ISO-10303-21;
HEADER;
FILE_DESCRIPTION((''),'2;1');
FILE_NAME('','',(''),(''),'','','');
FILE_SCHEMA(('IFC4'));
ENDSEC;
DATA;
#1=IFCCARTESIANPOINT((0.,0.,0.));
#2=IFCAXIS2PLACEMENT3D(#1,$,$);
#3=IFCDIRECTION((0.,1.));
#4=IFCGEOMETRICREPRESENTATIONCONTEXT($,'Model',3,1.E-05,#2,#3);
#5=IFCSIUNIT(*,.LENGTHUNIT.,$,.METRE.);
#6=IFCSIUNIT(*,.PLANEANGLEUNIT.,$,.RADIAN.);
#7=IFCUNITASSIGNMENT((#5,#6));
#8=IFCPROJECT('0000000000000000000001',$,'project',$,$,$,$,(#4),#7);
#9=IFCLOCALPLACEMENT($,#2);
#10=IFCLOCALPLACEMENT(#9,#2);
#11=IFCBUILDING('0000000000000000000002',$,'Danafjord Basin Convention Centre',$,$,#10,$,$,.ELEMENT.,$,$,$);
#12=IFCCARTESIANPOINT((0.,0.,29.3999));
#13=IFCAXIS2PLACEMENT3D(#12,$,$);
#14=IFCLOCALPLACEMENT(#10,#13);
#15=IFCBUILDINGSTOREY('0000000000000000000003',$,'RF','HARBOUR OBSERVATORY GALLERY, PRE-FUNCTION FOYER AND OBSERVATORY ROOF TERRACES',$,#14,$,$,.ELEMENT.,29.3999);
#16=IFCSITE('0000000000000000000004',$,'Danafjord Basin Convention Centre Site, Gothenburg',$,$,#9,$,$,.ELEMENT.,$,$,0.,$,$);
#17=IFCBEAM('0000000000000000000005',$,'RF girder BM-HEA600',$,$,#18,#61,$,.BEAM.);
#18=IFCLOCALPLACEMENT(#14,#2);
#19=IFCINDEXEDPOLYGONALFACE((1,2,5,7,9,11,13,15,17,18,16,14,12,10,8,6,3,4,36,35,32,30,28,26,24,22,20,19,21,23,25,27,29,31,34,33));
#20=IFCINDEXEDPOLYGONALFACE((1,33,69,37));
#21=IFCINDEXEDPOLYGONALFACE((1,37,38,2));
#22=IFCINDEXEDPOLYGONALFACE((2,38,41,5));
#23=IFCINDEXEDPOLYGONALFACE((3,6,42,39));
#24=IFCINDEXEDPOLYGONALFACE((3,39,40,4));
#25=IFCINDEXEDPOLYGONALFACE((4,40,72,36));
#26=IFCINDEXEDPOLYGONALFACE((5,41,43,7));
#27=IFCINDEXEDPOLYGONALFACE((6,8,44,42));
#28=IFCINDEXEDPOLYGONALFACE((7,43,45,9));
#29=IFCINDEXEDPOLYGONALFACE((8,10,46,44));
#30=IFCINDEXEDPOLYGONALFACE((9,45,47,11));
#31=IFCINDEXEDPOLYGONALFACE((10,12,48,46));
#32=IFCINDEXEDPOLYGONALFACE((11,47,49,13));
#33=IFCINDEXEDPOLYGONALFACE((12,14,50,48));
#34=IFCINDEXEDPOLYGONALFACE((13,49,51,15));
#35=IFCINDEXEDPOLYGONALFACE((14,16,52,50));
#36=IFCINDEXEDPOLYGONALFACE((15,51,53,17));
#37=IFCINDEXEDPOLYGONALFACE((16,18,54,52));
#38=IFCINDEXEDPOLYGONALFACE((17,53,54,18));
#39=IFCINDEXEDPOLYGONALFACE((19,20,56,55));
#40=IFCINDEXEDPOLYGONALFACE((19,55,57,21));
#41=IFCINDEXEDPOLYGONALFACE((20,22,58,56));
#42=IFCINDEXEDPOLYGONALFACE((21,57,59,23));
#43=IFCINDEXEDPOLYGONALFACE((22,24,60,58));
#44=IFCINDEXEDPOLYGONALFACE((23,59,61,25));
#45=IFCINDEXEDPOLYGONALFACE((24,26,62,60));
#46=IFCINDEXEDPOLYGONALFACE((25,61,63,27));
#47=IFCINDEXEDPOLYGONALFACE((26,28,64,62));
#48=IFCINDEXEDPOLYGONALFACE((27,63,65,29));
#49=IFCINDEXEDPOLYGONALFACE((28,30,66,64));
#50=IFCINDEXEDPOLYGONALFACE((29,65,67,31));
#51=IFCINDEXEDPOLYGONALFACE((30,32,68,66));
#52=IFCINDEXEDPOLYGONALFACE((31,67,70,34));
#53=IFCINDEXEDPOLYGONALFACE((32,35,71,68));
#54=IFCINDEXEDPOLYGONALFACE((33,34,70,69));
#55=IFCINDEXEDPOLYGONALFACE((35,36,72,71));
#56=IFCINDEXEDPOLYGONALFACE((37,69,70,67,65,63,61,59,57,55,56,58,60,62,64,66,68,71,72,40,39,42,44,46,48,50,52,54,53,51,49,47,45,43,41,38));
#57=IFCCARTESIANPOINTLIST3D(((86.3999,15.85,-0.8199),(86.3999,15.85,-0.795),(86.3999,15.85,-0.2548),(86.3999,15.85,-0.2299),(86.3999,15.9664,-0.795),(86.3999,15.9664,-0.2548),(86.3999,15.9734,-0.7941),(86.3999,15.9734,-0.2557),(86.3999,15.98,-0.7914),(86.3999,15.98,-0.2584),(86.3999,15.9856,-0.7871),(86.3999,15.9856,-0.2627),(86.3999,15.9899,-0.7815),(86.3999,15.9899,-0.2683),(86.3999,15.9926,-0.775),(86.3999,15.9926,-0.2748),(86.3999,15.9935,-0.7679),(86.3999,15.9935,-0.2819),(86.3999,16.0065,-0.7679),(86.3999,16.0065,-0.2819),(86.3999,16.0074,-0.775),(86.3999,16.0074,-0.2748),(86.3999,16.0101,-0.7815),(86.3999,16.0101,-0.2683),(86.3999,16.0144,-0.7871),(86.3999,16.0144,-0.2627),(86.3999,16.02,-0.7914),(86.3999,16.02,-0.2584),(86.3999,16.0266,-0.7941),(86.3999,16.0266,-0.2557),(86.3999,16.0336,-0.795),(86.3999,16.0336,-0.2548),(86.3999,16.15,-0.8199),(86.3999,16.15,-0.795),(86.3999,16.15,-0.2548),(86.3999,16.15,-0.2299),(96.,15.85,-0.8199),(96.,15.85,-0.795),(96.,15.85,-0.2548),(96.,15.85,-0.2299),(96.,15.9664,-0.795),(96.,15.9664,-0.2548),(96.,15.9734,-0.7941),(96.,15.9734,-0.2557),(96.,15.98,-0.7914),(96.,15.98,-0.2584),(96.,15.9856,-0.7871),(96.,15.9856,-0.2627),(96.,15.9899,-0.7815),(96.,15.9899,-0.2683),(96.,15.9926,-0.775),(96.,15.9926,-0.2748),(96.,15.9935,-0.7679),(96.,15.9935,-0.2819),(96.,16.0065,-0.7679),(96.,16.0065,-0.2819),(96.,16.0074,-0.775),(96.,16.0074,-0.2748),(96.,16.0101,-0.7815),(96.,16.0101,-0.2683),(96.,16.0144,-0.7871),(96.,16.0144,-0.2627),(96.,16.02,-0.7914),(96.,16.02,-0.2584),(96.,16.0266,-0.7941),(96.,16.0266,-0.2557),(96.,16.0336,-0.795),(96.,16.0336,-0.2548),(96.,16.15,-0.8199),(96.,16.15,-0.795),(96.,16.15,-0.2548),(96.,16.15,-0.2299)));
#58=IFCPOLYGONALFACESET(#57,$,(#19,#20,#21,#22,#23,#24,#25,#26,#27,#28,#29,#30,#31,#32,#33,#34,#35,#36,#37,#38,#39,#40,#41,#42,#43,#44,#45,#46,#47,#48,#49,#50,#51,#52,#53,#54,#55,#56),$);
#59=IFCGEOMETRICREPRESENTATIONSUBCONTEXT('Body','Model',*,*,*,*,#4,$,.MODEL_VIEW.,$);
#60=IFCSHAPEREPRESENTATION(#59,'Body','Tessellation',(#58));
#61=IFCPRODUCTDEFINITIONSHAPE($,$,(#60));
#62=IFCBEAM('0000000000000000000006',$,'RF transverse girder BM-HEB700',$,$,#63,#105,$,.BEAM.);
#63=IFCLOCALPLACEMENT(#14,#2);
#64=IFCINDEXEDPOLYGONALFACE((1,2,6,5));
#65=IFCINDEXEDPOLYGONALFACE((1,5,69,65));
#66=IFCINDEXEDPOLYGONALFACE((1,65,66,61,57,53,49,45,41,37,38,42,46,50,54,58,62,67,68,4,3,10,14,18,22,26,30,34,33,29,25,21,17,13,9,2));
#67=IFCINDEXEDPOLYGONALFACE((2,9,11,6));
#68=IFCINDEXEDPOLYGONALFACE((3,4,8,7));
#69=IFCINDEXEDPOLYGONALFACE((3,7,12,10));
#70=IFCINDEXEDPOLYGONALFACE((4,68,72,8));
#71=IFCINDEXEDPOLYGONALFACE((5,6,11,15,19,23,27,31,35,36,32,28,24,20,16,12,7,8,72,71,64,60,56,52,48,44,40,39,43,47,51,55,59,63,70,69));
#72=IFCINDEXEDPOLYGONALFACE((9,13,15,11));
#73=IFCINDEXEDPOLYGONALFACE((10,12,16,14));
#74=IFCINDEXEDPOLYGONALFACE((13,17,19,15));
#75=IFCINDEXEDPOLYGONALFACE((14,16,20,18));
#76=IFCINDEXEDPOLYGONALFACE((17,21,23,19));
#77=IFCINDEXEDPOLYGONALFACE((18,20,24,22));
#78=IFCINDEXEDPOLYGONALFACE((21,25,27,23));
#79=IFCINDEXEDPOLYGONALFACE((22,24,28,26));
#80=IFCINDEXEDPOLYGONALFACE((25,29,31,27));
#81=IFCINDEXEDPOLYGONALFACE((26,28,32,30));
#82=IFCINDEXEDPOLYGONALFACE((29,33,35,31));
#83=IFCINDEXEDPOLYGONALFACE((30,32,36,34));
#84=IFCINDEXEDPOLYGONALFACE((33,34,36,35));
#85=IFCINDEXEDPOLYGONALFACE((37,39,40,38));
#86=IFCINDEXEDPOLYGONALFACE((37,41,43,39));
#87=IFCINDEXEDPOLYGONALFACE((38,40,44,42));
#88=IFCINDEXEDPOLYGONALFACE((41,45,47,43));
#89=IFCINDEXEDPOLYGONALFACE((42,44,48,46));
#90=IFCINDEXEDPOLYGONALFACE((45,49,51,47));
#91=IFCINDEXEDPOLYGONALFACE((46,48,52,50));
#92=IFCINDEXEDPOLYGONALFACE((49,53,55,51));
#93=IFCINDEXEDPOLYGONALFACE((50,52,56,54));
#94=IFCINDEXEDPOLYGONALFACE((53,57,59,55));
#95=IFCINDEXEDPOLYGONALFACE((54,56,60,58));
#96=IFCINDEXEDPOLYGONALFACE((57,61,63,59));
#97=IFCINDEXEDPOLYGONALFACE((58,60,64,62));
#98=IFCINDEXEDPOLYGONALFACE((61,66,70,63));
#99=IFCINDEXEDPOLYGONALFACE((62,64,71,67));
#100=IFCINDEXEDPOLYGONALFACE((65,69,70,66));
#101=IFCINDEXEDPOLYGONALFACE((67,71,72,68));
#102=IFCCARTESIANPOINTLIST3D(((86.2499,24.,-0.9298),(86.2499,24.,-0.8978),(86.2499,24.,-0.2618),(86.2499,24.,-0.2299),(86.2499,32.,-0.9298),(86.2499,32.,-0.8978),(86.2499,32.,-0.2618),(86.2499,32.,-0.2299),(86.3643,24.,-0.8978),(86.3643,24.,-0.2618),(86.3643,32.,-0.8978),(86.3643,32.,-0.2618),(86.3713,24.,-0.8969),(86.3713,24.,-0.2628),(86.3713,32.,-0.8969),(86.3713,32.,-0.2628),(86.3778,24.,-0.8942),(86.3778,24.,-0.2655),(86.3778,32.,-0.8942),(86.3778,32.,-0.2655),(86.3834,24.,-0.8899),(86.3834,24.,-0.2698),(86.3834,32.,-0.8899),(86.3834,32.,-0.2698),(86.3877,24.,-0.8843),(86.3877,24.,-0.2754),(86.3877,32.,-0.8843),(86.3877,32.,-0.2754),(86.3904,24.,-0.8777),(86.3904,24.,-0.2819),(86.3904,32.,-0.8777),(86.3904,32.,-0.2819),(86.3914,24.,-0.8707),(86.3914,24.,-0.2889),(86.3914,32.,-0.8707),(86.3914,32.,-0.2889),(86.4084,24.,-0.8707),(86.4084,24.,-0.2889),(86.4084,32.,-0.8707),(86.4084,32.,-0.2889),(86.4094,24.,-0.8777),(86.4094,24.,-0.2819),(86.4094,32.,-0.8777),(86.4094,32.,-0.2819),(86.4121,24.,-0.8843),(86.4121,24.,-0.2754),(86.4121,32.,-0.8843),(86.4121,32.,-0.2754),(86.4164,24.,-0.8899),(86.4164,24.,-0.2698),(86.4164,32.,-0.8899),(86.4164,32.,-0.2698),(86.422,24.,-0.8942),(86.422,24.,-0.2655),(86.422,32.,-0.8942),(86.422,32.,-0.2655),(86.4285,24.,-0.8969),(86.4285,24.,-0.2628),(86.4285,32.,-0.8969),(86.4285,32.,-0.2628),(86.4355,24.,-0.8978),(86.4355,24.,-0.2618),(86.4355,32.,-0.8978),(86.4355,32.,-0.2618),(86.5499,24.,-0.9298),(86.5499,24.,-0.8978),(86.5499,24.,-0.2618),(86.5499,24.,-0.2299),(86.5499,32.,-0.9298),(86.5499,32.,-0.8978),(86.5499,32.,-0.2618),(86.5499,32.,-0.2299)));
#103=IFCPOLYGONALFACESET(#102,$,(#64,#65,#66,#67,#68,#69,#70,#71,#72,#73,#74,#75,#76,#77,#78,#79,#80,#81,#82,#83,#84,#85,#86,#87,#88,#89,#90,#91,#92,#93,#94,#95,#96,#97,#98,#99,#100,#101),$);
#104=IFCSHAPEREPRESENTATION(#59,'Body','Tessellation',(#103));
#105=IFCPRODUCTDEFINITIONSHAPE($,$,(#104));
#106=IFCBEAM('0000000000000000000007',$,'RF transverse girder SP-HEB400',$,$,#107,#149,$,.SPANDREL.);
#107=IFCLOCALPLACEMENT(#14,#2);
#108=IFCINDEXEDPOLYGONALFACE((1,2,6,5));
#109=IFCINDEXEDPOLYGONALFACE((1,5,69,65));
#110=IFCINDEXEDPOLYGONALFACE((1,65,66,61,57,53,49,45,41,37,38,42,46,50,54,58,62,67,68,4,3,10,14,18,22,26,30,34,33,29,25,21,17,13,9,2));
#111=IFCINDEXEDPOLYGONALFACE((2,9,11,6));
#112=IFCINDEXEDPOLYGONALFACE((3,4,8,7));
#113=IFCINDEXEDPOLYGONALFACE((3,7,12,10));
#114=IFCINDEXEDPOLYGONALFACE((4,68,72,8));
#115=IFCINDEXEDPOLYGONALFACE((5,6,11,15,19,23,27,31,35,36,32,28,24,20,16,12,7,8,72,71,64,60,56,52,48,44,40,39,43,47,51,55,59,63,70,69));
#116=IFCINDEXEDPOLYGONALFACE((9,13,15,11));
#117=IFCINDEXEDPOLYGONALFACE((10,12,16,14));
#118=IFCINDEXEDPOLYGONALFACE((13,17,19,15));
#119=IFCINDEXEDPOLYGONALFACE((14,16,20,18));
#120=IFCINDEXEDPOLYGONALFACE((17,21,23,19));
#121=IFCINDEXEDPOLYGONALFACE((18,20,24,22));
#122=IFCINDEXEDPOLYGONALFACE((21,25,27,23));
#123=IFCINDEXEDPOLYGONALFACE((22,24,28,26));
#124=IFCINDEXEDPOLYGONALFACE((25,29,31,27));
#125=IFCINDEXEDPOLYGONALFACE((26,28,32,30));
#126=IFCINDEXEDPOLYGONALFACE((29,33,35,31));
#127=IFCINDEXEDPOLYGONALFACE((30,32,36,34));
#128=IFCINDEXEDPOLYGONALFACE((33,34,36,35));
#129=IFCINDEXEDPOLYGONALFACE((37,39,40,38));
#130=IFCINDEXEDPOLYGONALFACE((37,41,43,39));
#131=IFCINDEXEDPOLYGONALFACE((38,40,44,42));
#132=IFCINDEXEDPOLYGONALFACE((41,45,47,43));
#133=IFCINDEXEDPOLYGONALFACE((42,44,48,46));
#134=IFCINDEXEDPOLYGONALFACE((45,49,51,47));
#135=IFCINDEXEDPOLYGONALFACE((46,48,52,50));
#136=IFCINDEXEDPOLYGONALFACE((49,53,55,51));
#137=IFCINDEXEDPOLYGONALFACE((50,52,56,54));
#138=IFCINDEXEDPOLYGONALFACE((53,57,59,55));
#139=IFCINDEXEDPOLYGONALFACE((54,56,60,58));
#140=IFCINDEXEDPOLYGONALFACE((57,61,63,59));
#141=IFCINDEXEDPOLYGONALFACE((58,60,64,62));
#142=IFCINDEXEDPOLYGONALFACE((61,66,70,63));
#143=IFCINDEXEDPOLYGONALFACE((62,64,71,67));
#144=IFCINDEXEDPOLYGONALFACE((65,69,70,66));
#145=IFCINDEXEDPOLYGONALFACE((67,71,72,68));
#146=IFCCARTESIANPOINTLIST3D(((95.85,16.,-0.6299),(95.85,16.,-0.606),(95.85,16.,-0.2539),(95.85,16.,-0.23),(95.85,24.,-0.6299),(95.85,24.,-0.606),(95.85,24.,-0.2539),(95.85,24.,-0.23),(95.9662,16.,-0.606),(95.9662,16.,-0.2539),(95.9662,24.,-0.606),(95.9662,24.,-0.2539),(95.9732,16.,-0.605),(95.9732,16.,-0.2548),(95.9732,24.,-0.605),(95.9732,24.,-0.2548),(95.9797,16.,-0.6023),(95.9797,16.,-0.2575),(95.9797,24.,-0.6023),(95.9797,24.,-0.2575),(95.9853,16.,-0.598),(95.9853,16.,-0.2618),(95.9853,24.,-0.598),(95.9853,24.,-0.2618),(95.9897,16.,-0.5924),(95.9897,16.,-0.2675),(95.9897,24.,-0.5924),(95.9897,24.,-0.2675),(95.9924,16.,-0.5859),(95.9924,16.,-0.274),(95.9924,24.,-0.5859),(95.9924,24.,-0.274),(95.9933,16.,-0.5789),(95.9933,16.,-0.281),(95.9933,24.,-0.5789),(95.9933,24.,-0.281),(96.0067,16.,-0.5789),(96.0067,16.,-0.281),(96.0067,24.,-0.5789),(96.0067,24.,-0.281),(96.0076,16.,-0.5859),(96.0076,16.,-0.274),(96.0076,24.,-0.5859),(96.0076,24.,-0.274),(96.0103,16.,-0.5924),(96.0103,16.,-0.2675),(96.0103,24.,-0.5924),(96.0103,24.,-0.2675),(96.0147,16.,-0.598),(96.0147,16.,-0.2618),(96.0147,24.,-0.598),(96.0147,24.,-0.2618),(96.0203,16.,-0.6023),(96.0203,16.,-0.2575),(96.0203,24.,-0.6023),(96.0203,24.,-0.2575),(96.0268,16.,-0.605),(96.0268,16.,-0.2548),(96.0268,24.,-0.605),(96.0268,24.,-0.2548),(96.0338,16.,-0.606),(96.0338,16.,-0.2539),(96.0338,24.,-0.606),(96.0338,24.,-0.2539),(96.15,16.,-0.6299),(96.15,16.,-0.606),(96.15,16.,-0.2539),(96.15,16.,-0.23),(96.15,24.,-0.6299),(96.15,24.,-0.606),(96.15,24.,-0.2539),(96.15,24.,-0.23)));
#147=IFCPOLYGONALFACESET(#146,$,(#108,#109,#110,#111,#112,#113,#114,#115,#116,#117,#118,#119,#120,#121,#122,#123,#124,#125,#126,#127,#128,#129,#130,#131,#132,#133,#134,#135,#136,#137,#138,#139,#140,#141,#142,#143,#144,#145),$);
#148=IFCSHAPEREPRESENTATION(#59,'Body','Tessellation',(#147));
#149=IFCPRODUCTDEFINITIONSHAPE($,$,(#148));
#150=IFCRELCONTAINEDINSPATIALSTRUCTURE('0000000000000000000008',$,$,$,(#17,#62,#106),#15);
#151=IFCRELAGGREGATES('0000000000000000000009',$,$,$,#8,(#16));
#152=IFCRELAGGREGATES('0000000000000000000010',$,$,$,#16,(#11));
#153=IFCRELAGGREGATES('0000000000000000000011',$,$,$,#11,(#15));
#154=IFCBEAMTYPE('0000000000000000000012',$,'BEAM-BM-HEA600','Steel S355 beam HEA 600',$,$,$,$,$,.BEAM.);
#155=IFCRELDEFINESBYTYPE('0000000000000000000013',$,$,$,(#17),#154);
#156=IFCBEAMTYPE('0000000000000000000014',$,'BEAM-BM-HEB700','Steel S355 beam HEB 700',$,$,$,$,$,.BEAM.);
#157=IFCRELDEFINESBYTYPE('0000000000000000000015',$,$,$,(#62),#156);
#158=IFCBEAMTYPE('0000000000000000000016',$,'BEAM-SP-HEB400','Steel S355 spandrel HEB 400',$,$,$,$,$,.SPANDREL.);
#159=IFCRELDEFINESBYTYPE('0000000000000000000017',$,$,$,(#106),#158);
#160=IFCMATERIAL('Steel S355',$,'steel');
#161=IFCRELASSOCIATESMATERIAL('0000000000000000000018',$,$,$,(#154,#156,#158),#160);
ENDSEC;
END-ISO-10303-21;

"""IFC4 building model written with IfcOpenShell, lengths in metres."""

from ifc_helpers import new_model, si_unit, direction, frame, origin, origin_2d, place, context, subcontext, project, spatial, i_section, extrude, material, material_profile, profile_set, type_object, element, save


model = new_model("IFC4")

# Units and contexts
model_context = context("Model", 3, precision=1e-05, world=origin(), true_north=direction((0.0, 1.0)))
body_context = subcontext(model_context, "Body", "Model", "MODEL_VIEW")
ifc_project = project(units=[si_unit("LENGTHUNIT", "METRE"), si_unit("PLANEANGLEUNIT", "RADIAN")], contexts=[model_context])

# Site, building, storey
site_placement = place(None, origin())
site = spatial("IfcSite", under=ifc_project, at=site_placement, Name="Danafjord Basin Convention Centre Site, Gothenburg", CompositionType="ELEMENT", RefElevation=0.0)
building_placement = place(site_placement, origin())
building = spatial("IfcBuilding", under=site, at=building_placement, Name="Danafjord Basin Convention Centre", CompositionType="ELEMENT")
storey_placement = place(building_placement, frame((0.0, 0.0, 29.3999)))
storey = spatial("IfcBuildingStorey", under=building, at=storey_placement, Name="RF", Description="HARBOUR OBSERVATORY GALLERY, PRE-FUNCTION FOYER AND OBSERVATORY ROOF TERRACES", CompositionType="ELEMENT", Elevation=29.3999)

# Shared definitions
ifc_material_1 = material(Name="Steel S355", Category="steel")

# Beams
ifc_material_profile_1 = material_profile(ifc_material_1, i_section(OverallWidth=0.3, OverallDepth=0.5901, WebThickness=0.0129, FlangeThickness=0.0249, FilletRadius=0.0271, at=origin_2d()), Name="HEA 600")
ifc_profile_set_1 = profile_set([ifc_material_profile_1], Name="Steel S355")
beam_type_1 = type_object("IfcBeamType", Name="BEAM-BM-HEA600", Description="Steel S355 beam HEA 600", PredefinedType="BEAM", material=ifc_profile_set_1)
beam_1_placement = place(storey_placement, frame((86.3999, 16.0, -0.5249), z_axis=(1.0, 0.0, 0.0), x_axis=(0.0, 1.0, 0.0)))
element("IfcBeam", 1, at=beam_1_placement, inside=storey, type_object=beam_type_1, Name="RF girder BM-HEA600", PredefinedType="BEAM", context=body_context, shape_type="SweptSolid", body=[
    extrude(i_section(OverallWidth=0.3, OverallDepth=0.5901, WebThickness=0.0129, FlangeThickness=0.0249, FilletRadius=0.0271, at=origin_2d()), origin(), (0.0, 0.0, 1.0), 9.6001),
])
ifc_material_profile_2 = material_profile(ifc_material_1, i_section(OverallWidth=0.3, OverallDepth=0.7, WebThickness=0.0171, FlangeThickness=0.032, FilletRadius=0.0271, at=origin_2d()), Name="HEB 700")
ifc_profile_set_2 = profile_set([ifc_material_profile_2], Name="Steel S355")
beam_type_2 = type_object("IfcBeamType", Name="BEAM-BM-HEB700", Description="Steel S355 beam HEB 700", PredefinedType="BEAM", material=ifc_profile_set_2)
beam_2_placement = place(storey_placement, frame((86.3999, 24.0, -0.5798), z_axis=(0.0, 1.0, 0.0), x_axis=(-1.0, 0.0, 0.0)))
element("IfcBeam", 2, at=beam_2_placement, inside=storey, type_object=beam_type_2, Name="RF transverse girder BM-HEB700", PredefinedType="BEAM", context=body_context, shape_type="SweptSolid", body=[
    extrude(i_section(OverallWidth=0.3, OverallDepth=0.7, WebThickness=0.0171, FlangeThickness=0.032, FilletRadius=0.0271, at=origin_2d()), origin(), (0.0, 0.0, 1.0), 8.0),
])
ifc_material_profile_3 = material_profile(ifc_material_1, i_section(OverallWidth=0.3, OverallDepth=0.3999, WebThickness=0.0134, FlangeThickness=0.0239, FilletRadius=0.0271, at=origin_2d()), Name="HEB 400")
ifc_profile_set_3 = profile_set([ifc_material_profile_3], Name="Steel S355")
beam_type_3 = type_object("IfcBeamType", Name="BEAM-SP-HEB400", Description="Steel S355 spandrel HEB 400", PredefinedType="SPANDREL", material=ifc_profile_set_3)
beam_3_placement = place(storey_placement, frame((96.0, 16.0, -0.4299), z_axis=(0.0, 1.0, 0.0), x_axis=(-1.0, 0.0, 0.0)))
element("IfcBeam", 3, at=beam_3_placement, inside=storey, type_object=beam_type_3, Name="RF transverse girder SP-HEB400", PredefinedType="SPANDREL", context=body_context, shape_type="SweptSolid", body=[
    extrude(i_section(OverallWidth=0.3, OverallDepth=0.3999, WebThickness=0.0134, FlangeThickness=0.0239, FilletRadius=0.0271, at=origin_2d()), origin(), (0.0, 0.0, 1.0), 8.0),
])

save(model, "model.ifc")
